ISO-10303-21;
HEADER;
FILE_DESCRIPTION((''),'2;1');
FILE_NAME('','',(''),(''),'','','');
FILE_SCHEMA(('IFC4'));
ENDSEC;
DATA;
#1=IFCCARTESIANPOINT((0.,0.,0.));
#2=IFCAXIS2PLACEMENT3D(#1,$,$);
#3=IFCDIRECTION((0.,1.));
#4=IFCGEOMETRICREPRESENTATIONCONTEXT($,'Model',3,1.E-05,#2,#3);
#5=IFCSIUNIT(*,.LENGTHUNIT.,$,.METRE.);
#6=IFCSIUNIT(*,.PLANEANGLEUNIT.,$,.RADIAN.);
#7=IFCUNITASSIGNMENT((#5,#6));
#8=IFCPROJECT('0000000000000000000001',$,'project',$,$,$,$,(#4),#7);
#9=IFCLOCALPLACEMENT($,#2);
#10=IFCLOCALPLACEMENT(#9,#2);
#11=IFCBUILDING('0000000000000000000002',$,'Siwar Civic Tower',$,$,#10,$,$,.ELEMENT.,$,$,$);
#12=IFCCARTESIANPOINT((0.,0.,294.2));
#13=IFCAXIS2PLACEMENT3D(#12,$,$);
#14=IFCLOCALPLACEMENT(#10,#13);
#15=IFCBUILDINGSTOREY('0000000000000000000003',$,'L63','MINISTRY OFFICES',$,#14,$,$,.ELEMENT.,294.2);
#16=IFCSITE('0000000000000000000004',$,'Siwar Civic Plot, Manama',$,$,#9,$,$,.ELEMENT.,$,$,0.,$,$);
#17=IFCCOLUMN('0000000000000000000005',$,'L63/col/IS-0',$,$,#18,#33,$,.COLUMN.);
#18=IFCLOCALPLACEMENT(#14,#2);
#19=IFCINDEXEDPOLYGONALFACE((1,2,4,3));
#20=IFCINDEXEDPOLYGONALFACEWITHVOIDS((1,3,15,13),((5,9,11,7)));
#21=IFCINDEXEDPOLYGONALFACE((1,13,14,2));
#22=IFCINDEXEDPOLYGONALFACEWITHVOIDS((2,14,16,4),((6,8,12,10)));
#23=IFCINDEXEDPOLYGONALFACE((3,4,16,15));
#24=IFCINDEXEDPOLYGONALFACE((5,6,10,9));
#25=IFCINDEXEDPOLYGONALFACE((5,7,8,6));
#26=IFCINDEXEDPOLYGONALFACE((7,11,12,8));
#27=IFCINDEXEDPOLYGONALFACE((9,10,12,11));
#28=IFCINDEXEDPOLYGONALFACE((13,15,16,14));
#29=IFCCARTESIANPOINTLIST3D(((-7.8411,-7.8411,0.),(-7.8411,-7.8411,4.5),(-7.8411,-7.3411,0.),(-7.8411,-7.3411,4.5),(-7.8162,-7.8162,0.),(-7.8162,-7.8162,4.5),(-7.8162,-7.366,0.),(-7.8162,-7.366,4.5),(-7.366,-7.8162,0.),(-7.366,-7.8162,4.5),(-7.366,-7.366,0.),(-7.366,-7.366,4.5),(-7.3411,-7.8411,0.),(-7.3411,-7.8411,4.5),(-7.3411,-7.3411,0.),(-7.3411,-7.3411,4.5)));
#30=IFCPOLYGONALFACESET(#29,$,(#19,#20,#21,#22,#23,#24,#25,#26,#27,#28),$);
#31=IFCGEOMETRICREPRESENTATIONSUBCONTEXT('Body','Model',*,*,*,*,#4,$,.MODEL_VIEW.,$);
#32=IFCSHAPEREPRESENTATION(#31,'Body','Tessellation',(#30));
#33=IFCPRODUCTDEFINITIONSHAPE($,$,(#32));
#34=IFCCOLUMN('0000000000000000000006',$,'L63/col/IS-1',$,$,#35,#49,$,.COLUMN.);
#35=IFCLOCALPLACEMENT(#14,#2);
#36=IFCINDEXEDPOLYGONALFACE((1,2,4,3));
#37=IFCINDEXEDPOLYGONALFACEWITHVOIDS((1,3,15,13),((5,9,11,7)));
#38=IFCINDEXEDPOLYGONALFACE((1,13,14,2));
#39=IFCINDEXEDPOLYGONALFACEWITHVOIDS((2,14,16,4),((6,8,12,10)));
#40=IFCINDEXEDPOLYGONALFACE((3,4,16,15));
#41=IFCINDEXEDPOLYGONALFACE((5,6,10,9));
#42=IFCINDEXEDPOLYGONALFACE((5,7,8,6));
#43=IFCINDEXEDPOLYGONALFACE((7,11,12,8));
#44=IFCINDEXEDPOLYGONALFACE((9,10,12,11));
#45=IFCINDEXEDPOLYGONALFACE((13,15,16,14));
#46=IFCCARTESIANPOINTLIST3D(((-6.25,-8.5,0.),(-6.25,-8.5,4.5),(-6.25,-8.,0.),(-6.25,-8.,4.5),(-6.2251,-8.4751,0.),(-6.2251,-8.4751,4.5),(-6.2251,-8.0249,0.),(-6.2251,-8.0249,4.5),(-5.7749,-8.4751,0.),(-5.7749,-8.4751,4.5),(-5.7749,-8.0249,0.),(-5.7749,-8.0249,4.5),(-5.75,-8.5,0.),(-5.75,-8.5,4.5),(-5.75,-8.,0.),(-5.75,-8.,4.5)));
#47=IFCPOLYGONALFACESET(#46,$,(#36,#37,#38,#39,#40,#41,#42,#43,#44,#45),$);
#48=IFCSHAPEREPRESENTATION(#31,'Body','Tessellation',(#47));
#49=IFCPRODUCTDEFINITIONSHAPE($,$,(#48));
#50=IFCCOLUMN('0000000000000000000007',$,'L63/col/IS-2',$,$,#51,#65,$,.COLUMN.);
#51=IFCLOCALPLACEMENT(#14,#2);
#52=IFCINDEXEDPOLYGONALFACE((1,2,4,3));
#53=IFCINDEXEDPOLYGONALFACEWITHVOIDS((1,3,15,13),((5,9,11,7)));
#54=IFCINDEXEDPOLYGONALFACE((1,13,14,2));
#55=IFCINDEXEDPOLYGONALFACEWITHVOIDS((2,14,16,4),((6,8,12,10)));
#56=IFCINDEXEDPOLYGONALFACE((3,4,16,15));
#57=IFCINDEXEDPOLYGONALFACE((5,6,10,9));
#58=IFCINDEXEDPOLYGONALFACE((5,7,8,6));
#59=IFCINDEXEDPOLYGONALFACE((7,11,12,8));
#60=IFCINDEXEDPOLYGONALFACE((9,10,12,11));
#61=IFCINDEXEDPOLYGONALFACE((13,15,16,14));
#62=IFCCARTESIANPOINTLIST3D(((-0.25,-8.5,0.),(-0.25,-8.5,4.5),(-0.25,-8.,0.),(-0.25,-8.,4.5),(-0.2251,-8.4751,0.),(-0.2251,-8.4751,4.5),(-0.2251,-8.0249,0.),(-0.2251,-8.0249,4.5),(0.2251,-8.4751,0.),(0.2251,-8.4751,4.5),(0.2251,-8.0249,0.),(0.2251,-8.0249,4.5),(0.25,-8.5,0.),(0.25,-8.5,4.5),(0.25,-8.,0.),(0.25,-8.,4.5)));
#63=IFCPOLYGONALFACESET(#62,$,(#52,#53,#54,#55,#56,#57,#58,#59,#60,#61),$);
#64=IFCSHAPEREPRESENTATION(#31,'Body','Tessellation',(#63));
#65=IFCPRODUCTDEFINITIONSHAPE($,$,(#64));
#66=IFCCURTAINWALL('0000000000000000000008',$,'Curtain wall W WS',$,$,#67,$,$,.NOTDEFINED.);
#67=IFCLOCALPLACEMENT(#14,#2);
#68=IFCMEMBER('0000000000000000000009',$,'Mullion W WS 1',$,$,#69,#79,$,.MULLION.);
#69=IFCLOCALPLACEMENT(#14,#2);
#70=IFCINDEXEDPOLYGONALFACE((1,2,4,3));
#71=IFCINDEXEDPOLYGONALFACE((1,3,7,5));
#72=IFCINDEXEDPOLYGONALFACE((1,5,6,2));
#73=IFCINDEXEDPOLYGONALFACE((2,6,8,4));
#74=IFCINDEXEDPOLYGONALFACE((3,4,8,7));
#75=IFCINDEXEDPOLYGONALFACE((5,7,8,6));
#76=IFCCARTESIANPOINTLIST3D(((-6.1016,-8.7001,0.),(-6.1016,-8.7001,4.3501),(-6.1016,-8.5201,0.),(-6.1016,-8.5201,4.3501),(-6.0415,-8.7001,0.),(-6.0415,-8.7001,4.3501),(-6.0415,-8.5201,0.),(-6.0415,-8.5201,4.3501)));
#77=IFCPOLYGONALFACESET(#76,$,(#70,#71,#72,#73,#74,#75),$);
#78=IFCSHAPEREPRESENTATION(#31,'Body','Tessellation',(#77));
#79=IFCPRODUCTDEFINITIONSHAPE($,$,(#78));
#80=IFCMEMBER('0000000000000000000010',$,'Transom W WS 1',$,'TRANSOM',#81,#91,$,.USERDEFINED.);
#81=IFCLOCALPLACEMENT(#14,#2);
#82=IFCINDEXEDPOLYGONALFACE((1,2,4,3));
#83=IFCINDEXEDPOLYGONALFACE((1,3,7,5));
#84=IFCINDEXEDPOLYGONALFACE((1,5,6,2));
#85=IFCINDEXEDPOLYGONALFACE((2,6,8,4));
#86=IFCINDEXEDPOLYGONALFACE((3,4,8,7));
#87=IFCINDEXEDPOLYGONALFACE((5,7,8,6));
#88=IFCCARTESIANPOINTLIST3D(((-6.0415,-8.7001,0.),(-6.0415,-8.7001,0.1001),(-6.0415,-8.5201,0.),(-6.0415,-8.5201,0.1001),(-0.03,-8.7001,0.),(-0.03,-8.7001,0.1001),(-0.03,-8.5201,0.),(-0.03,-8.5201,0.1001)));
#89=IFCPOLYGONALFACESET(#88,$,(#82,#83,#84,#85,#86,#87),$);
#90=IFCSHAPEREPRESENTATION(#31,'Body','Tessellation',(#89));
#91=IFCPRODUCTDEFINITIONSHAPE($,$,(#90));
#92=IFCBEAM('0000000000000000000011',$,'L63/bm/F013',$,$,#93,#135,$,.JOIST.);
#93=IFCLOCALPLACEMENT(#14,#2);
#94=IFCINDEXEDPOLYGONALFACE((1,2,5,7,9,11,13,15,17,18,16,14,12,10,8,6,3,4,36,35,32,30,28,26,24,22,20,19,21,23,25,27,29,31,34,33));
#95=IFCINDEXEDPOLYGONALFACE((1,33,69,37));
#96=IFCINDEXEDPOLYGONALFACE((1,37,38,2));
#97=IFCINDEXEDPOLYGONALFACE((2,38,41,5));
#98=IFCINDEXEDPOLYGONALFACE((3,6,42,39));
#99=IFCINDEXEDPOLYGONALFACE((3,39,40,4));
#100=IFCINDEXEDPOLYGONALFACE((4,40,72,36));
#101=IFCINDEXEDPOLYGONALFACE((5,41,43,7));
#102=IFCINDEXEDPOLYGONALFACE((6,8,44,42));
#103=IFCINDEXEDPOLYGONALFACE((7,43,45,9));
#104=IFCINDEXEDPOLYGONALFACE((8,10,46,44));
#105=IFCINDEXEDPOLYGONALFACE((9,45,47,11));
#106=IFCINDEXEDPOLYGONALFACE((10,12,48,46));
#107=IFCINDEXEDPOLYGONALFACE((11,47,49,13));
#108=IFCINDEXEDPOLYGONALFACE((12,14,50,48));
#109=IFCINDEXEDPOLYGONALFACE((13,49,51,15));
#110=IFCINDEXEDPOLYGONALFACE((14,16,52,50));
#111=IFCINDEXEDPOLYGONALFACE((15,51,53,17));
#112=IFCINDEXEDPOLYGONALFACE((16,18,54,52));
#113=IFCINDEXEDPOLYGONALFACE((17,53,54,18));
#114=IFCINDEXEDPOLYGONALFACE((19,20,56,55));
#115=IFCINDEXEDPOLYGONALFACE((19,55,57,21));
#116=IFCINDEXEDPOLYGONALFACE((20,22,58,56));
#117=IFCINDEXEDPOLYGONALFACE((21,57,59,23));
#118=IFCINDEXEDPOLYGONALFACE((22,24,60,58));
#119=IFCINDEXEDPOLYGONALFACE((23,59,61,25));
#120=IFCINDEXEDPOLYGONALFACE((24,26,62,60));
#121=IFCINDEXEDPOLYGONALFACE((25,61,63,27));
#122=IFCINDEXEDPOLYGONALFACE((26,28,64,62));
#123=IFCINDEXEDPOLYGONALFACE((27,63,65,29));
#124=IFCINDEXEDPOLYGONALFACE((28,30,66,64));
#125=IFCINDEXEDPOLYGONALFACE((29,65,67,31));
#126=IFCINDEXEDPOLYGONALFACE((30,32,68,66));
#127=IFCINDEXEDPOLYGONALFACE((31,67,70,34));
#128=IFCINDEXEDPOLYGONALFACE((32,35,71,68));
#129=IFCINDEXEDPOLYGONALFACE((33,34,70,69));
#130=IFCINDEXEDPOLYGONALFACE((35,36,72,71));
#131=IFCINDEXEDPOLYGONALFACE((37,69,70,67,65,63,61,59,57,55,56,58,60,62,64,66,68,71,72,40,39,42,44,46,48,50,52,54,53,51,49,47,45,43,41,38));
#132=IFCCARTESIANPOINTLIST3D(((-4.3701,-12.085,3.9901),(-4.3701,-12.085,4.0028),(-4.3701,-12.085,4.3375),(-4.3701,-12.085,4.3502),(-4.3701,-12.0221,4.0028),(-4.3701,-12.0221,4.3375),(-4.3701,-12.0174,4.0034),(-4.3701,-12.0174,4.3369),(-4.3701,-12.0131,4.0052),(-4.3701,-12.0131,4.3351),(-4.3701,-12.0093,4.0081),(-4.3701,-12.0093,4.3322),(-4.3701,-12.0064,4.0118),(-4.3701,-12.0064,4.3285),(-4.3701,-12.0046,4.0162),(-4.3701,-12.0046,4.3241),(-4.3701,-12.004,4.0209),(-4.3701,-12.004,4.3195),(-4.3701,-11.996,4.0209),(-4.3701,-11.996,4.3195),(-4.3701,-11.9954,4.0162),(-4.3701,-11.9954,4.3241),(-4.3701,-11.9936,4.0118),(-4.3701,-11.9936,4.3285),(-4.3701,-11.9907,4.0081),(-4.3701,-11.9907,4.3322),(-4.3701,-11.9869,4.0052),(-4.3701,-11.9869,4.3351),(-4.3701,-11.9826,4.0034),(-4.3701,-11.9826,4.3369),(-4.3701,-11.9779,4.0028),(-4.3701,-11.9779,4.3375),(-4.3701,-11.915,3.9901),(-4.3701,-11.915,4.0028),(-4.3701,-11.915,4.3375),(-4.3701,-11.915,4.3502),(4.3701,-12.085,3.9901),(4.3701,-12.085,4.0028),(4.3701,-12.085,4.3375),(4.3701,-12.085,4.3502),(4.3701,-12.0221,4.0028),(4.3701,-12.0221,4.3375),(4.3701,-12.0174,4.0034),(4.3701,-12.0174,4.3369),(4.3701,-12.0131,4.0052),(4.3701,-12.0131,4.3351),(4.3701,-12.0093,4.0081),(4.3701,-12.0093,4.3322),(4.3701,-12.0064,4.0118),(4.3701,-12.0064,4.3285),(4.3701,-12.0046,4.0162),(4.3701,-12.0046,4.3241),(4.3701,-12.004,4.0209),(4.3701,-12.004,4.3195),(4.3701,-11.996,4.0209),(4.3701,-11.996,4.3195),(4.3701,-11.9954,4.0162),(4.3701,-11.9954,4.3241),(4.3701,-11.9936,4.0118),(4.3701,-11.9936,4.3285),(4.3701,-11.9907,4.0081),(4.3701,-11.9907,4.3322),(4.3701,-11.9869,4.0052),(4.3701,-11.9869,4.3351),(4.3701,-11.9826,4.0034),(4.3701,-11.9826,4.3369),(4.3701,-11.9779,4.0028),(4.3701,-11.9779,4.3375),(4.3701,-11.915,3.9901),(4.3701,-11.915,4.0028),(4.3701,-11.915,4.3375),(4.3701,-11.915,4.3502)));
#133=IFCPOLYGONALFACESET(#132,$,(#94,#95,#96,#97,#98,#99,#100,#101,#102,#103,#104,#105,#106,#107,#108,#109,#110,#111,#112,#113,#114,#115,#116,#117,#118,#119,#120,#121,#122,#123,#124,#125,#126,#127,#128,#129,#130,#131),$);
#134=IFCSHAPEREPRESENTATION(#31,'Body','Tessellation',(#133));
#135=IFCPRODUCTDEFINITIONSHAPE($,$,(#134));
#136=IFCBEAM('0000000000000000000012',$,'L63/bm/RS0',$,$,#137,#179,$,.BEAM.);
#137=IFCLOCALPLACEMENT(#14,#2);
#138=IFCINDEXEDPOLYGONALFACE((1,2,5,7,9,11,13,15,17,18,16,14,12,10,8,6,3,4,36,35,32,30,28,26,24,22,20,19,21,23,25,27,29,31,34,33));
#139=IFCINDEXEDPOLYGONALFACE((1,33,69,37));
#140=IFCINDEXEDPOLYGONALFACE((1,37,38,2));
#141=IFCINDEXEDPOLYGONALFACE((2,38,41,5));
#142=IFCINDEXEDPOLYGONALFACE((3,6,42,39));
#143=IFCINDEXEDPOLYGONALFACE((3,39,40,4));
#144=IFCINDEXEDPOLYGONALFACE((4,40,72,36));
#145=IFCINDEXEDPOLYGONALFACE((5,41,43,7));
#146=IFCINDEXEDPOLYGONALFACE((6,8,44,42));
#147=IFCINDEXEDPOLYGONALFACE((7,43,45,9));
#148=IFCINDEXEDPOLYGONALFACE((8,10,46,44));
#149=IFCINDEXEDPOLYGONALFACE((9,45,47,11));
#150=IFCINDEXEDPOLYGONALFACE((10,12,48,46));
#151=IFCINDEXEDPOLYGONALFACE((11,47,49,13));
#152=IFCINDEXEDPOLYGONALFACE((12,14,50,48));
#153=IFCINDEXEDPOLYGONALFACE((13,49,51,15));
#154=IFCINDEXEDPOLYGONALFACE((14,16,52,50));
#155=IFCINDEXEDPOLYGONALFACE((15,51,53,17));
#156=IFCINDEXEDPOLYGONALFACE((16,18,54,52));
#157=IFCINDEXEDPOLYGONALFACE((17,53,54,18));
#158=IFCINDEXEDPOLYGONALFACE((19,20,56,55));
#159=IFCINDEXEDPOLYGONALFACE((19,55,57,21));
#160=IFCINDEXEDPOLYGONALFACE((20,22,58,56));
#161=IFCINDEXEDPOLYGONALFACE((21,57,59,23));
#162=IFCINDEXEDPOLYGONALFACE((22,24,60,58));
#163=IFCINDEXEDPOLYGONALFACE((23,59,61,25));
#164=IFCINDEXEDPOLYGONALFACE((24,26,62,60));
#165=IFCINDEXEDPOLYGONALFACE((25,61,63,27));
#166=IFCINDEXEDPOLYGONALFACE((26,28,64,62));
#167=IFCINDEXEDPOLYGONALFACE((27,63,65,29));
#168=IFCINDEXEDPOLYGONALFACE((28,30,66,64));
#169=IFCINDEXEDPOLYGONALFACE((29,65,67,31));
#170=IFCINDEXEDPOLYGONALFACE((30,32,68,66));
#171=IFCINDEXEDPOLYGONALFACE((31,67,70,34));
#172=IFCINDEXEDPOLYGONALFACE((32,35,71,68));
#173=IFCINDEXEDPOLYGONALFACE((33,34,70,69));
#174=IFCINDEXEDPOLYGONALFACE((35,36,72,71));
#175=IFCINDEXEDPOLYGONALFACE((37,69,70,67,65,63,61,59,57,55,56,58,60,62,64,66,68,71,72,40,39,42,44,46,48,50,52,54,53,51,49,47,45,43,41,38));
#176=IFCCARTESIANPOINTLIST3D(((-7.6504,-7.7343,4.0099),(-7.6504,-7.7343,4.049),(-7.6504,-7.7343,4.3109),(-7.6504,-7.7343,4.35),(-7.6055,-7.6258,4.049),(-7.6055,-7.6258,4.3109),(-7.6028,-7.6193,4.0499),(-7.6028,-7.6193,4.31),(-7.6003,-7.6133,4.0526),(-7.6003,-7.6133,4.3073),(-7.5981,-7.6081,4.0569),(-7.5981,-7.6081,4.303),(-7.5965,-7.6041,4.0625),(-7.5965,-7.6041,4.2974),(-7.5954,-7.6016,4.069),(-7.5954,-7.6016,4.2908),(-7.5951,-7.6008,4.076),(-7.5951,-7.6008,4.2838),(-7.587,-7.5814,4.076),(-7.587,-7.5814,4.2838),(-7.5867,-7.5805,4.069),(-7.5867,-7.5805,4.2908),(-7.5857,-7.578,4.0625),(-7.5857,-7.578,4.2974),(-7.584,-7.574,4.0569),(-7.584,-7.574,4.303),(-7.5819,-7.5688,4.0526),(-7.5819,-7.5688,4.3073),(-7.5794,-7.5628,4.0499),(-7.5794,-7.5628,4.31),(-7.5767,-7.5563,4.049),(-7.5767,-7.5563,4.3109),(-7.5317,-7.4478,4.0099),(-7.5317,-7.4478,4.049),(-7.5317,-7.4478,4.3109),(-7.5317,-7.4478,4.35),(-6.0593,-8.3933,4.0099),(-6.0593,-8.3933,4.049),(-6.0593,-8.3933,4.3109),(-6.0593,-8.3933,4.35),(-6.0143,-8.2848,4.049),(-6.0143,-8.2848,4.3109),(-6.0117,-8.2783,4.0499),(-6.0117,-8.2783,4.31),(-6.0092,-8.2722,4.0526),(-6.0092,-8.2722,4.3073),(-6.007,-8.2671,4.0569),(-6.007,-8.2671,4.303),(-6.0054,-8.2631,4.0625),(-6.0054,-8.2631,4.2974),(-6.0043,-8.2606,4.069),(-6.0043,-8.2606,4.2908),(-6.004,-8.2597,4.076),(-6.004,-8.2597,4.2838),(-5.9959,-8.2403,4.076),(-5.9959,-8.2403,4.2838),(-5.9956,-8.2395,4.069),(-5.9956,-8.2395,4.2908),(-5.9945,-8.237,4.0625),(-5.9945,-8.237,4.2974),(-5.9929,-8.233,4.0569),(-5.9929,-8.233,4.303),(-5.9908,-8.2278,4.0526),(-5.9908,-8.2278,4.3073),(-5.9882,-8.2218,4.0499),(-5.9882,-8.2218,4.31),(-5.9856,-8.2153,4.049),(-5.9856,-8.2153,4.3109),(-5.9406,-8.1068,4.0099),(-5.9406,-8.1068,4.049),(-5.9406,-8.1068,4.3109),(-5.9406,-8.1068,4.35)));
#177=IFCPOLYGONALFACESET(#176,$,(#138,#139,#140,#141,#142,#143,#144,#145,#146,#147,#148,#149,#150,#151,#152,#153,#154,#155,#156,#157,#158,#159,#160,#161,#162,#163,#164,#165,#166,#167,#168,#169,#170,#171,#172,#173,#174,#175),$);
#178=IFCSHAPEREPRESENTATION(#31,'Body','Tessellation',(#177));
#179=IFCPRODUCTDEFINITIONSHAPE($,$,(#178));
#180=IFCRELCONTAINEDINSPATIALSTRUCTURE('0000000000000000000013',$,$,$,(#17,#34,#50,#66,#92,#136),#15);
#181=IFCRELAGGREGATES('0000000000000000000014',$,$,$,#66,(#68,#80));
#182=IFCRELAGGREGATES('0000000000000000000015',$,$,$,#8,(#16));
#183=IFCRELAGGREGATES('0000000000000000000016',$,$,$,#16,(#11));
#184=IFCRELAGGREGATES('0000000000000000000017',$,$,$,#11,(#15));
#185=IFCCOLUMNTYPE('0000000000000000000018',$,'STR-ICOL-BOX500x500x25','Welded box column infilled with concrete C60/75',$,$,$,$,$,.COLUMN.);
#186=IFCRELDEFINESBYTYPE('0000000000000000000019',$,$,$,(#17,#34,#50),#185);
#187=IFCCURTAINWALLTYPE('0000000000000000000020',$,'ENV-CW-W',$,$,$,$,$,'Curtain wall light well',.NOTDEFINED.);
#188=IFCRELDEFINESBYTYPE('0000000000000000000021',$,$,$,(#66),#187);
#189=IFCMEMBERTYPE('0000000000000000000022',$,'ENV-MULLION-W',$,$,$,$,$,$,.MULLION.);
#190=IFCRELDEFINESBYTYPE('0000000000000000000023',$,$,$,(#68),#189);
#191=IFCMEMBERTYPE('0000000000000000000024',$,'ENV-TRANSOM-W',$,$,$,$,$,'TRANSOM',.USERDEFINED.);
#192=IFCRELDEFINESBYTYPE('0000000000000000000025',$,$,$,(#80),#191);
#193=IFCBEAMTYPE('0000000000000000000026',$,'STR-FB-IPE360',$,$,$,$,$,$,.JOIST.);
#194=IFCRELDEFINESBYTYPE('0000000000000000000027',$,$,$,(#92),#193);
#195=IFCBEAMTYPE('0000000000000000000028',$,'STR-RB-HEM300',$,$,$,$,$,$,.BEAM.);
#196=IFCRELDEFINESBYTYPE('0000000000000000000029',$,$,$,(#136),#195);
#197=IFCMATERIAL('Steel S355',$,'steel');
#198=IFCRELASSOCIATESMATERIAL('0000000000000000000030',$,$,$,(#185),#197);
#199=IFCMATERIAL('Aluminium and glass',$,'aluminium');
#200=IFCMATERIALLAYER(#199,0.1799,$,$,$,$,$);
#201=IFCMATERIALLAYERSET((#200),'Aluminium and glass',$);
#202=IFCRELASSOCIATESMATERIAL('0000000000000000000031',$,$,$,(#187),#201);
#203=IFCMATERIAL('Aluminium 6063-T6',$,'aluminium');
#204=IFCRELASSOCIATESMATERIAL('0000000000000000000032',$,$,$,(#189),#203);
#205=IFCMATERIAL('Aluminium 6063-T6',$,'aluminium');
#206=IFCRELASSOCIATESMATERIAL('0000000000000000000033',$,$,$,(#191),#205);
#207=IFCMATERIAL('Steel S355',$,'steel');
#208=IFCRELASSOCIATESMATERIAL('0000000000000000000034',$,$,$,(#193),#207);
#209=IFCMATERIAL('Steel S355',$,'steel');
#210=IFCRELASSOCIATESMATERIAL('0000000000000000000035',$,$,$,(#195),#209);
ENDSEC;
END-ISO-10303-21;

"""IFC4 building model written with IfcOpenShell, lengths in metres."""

from ifc_helpers import new_model, si_unit, direction, frame, origin, origin_2d, place, context, subcontext, project, spatial, rectangle, hollow_rectangle, i_section, extrude, material, layer, layer_set, material_profile, profile_set, type_object, element, aggregate, save


model = new_model("IFC4")

# Units and contexts
model_context = context("Model", 3, precision=1e-05, world=origin(), true_north=direction((0.0, 1.0)))
body_context = subcontext(model_context, "Body", "Model", "MODEL_VIEW")
ifc_project = project(units=[si_unit("LENGTHUNIT", "METRE"), si_unit("PLANEANGLEUNIT", "RADIAN")], contexts=[model_context])

# Site, building, storey
site_placement = place(None, origin())
site = spatial("IfcSite", under=ifc_project, at=site_placement, Name="Siwar Civic Plot, Manama", CompositionType="ELEMENT", RefElevation=0.0)
building_placement = place(site_placement, origin())
building = spatial("IfcBuilding", under=site, at=building_placement, Name="Siwar Civic Tower", CompositionType="ELEMENT")
storey_placement = place(building_placement, frame((0.0, 0.0, 294.2)))
storey = spatial("IfcBuildingStorey", under=building, at=storey_placement, Name="L63", Description="MINISTRY OFFICES", CompositionType="ELEMENT", Elevation=294.2)

# Columns
ifc_material_1 = material(Name="Steel S355", Category="steel")
ifc_material_profile_1 = material_profile(ifc_material_1, hollow_rectangle(XDim=0.5, YDim=0.5, WallThickness=0.0249, at=origin_2d()), Name="BOX500x500x25")
ifc_profile_set_1 = profile_set([ifc_material_profile_1], Name="Steel S355")
column_type = type_object("IfcColumnType", Name="STR-ICOL-BOX500x500x25", Description="Welded box column infilled with concrete C60/75", PredefinedType="COLUMN", material=ifc_profile_set_1)
for number, where, z_axis, x_axis, name in (
    (1, (-7.5911, -7.5911, 0.0), (0.0, 0.0, 1.0), (1.0, 0.0, 0.0), "L63/col/IS-0"),
    (2, (-6.0, -8.25, 0.0), (0.0, 0.0, 1.0), (1.0, 0.0, 0.0), "L63/col/IS-1"),
    (3, (0.0, -8.25, 0.0), (0.0, 0.0, 1.0), (1.0, 0.0, 0.0), "L63/col/IS-2"),
):
    element("IfcColumn", number, at=place(storey_placement, frame(where, z_axis=z_axis, x_axis=x_axis)), inside=storey, type_object=column_type, Name=name, PredefinedType="COLUMN", context=body_context, shape_type="SweptSolid", body=[
        extrude(hollow_rectangle(XDim=0.5, YDim=0.5, WallThickness=0.0249, at=origin_2d()), origin(), (0.0, 0.0, 1.0), 4.5),
    ])

# Curtain wall, members
ifc_material_2 = material(Name="Aluminium and glass", Category="aluminium")
ifc_layer_1 = layer(ifc_material_2, 0.1799)
ifc_layer_set_1 = layer_set([ifc_layer_1], Name="Aluminium and glass")
curtain_wall_type = type_object("IfcCurtainWallType", Name="ENV-CW-W", ElementType="Curtain wall light well", PredefinedType="NOTDEFINED", material=ifc_layer_set_1)
curtain_wall_placement = place(storey_placement, origin())
curtain_wall = element("IfcCurtainWall", 4, at=curtain_wall_placement, inside=storey, type_object=curtain_wall_type, Name="Curtain wall W WS", PredefinedType="NOTDEFINED")
ifc_material_3 = material(Name="Aluminium 6063-T6", Category="aluminium")
ifc_material_profile_2 = material_profile(ifc_material_3, rectangle(XDim=0.1799, YDim=0.0601, at=origin_2d()), Name="AL 180x60")
ifc_profile_set_2 = profile_set([ifc_material_profile_2], Name="Aluminium 6063-T6")
member_type_1 = type_object("IfcMemberType", Name="ENV-MULLION-W", PredefinedType="MULLION", material=ifc_profile_set_2)
member_1_placement = place(storey_placement, frame((-6.0715, -8.6101, 0.0), z_axis=(0.0, 0.0, 1.0), x_axis=(0.0, 1.0, 0.0)))
member_1 = element("IfcMember", 5, at=member_1_placement, type_object=member_type_1, Name="Mullion W WS 1", PredefinedType="MULLION", context=body_context, shape_type="SweptSolid", body=[
    extrude(rectangle(XDim=0.1799, YDim=0.0601, at=origin_2d()), origin(), (0.0, 0.0, 1.0), 4.3501),
])
ifc_material_4 = material(Name="Aluminium 6063-T6", Category="aluminium")
ifc_material_profile_3 = material_profile(ifc_material_4, rectangle(XDim=0.1799, YDim=0.1001, at=origin_2d()), Name="AL 180x100")
ifc_profile_set_3 = profile_set([ifc_material_profile_3], Name="Aluminium 6063-T6")
member_type_2 = type_object("IfcMemberType", Name="ENV-TRANSOM-W", ElementType="TRANSOM", PredefinedType="USERDEFINED", material=ifc_profile_set_3)
member_2_placement = place(storey_placement, frame((-6.0415, -8.6101, 0.05), z_axis=(1.0, 0.0, 0.0), x_axis=(0.0, 1.0, 0.0)))
member_2 = element("IfcMember", 6, at=member_2_placement, type_object=member_type_2, Name="Transom W WS 1", ObjectType="TRANSOM", PredefinedType="USERDEFINED", context=body_context, shape_type="SweptSolid", body=[
    extrude(rectangle(XDim=0.1799, YDim=0.1001, at=origin_2d()), origin(), (0.0, 0.0, 1.0), 6.0115),
])

# Beams
ifc_material_5 = material(Name="Steel S355", Category="steel")
ifc_material_profile_4 = material_profile(ifc_material_5, i_section(OverallWidth=0.1699, OverallDepth=0.3601, WebThickness=0.0081, FlangeThickness=0.0127, FilletRadius=0.0181, at=origin_2d()), Name="IPE360")
ifc_profile_set_4 = profile_set([ifc_material_profile_4], Name="Steel S355")
beam_type_1 = type_object("IfcBeamType", Name="STR-FB-IPE360", PredefinedType="JOIST", material=ifc_profile_set_4)
beam_1_placement = place(storey_placement, frame((-4.3701, -12.0, 4.1702), z_axis=(1.0, 0.0, 0.0), x_axis=(0.0, 1.0, 0.0)))
element("IfcBeam", 7, at=beam_1_placement, inside=storey, type_object=beam_type_1, Name="L63/bm/F013", PredefinedType="JOIST", context=body_context, shape_type="SweptSolid", body=[
    extrude(i_section(OverallWidth=0.1699, OverallDepth=0.3601, WebThickness=0.0081, FlangeThickness=0.0127, FilletRadius=0.0181, at=origin_2d()), origin(), (0.0, 0.0, 1.0), 8.7402),
])
ifc_material_6 = material(Name="Steel S355", Category="steel")
ifc_material_profile_5 = material_profile(ifc_material_6, i_section(OverallWidth=0.3101, OverallDepth=0.3401, WebThickness=0.021, FlangeThickness=0.0391, FilletRadius=0.0271, at=origin_2d()), Name="HEM300")
ifc_profile_set_5 = profile_set([ifc_material_profile_5], Name="Steel S355")
beam_type_2 = type_object("IfcBeamType", Name="STR-RB-HEM300", PredefinedType="BEAM", material=ifc_profile_set_5)
beam_2_placement = place(storey_placement, frame((-7.5911, -7.5911, 4.1799), z_axis=(0.923901, -0.382631, 0.0), x_axis=(0.382631, 0.923901, 0.0)))
element("IfcBeam", 8, at=beam_2_placement, inside=storey, type_object=beam_type_2, Name="L63/bm/RS0", PredefinedType="BEAM", context=body_context, shape_type="SweptSolid", body=[
    extrude(i_section(OverallWidth=0.3101, OverallDepth=0.3401, WebThickness=0.021, FlangeThickness=0.0391, FilletRadius=0.0271, at=origin_2d()), origin(), (0.0, 0.0, 1.0), 1.7222),
])

aggregate(curtain_wall, [member_1, member_2])

save(model, "model.ifc")
